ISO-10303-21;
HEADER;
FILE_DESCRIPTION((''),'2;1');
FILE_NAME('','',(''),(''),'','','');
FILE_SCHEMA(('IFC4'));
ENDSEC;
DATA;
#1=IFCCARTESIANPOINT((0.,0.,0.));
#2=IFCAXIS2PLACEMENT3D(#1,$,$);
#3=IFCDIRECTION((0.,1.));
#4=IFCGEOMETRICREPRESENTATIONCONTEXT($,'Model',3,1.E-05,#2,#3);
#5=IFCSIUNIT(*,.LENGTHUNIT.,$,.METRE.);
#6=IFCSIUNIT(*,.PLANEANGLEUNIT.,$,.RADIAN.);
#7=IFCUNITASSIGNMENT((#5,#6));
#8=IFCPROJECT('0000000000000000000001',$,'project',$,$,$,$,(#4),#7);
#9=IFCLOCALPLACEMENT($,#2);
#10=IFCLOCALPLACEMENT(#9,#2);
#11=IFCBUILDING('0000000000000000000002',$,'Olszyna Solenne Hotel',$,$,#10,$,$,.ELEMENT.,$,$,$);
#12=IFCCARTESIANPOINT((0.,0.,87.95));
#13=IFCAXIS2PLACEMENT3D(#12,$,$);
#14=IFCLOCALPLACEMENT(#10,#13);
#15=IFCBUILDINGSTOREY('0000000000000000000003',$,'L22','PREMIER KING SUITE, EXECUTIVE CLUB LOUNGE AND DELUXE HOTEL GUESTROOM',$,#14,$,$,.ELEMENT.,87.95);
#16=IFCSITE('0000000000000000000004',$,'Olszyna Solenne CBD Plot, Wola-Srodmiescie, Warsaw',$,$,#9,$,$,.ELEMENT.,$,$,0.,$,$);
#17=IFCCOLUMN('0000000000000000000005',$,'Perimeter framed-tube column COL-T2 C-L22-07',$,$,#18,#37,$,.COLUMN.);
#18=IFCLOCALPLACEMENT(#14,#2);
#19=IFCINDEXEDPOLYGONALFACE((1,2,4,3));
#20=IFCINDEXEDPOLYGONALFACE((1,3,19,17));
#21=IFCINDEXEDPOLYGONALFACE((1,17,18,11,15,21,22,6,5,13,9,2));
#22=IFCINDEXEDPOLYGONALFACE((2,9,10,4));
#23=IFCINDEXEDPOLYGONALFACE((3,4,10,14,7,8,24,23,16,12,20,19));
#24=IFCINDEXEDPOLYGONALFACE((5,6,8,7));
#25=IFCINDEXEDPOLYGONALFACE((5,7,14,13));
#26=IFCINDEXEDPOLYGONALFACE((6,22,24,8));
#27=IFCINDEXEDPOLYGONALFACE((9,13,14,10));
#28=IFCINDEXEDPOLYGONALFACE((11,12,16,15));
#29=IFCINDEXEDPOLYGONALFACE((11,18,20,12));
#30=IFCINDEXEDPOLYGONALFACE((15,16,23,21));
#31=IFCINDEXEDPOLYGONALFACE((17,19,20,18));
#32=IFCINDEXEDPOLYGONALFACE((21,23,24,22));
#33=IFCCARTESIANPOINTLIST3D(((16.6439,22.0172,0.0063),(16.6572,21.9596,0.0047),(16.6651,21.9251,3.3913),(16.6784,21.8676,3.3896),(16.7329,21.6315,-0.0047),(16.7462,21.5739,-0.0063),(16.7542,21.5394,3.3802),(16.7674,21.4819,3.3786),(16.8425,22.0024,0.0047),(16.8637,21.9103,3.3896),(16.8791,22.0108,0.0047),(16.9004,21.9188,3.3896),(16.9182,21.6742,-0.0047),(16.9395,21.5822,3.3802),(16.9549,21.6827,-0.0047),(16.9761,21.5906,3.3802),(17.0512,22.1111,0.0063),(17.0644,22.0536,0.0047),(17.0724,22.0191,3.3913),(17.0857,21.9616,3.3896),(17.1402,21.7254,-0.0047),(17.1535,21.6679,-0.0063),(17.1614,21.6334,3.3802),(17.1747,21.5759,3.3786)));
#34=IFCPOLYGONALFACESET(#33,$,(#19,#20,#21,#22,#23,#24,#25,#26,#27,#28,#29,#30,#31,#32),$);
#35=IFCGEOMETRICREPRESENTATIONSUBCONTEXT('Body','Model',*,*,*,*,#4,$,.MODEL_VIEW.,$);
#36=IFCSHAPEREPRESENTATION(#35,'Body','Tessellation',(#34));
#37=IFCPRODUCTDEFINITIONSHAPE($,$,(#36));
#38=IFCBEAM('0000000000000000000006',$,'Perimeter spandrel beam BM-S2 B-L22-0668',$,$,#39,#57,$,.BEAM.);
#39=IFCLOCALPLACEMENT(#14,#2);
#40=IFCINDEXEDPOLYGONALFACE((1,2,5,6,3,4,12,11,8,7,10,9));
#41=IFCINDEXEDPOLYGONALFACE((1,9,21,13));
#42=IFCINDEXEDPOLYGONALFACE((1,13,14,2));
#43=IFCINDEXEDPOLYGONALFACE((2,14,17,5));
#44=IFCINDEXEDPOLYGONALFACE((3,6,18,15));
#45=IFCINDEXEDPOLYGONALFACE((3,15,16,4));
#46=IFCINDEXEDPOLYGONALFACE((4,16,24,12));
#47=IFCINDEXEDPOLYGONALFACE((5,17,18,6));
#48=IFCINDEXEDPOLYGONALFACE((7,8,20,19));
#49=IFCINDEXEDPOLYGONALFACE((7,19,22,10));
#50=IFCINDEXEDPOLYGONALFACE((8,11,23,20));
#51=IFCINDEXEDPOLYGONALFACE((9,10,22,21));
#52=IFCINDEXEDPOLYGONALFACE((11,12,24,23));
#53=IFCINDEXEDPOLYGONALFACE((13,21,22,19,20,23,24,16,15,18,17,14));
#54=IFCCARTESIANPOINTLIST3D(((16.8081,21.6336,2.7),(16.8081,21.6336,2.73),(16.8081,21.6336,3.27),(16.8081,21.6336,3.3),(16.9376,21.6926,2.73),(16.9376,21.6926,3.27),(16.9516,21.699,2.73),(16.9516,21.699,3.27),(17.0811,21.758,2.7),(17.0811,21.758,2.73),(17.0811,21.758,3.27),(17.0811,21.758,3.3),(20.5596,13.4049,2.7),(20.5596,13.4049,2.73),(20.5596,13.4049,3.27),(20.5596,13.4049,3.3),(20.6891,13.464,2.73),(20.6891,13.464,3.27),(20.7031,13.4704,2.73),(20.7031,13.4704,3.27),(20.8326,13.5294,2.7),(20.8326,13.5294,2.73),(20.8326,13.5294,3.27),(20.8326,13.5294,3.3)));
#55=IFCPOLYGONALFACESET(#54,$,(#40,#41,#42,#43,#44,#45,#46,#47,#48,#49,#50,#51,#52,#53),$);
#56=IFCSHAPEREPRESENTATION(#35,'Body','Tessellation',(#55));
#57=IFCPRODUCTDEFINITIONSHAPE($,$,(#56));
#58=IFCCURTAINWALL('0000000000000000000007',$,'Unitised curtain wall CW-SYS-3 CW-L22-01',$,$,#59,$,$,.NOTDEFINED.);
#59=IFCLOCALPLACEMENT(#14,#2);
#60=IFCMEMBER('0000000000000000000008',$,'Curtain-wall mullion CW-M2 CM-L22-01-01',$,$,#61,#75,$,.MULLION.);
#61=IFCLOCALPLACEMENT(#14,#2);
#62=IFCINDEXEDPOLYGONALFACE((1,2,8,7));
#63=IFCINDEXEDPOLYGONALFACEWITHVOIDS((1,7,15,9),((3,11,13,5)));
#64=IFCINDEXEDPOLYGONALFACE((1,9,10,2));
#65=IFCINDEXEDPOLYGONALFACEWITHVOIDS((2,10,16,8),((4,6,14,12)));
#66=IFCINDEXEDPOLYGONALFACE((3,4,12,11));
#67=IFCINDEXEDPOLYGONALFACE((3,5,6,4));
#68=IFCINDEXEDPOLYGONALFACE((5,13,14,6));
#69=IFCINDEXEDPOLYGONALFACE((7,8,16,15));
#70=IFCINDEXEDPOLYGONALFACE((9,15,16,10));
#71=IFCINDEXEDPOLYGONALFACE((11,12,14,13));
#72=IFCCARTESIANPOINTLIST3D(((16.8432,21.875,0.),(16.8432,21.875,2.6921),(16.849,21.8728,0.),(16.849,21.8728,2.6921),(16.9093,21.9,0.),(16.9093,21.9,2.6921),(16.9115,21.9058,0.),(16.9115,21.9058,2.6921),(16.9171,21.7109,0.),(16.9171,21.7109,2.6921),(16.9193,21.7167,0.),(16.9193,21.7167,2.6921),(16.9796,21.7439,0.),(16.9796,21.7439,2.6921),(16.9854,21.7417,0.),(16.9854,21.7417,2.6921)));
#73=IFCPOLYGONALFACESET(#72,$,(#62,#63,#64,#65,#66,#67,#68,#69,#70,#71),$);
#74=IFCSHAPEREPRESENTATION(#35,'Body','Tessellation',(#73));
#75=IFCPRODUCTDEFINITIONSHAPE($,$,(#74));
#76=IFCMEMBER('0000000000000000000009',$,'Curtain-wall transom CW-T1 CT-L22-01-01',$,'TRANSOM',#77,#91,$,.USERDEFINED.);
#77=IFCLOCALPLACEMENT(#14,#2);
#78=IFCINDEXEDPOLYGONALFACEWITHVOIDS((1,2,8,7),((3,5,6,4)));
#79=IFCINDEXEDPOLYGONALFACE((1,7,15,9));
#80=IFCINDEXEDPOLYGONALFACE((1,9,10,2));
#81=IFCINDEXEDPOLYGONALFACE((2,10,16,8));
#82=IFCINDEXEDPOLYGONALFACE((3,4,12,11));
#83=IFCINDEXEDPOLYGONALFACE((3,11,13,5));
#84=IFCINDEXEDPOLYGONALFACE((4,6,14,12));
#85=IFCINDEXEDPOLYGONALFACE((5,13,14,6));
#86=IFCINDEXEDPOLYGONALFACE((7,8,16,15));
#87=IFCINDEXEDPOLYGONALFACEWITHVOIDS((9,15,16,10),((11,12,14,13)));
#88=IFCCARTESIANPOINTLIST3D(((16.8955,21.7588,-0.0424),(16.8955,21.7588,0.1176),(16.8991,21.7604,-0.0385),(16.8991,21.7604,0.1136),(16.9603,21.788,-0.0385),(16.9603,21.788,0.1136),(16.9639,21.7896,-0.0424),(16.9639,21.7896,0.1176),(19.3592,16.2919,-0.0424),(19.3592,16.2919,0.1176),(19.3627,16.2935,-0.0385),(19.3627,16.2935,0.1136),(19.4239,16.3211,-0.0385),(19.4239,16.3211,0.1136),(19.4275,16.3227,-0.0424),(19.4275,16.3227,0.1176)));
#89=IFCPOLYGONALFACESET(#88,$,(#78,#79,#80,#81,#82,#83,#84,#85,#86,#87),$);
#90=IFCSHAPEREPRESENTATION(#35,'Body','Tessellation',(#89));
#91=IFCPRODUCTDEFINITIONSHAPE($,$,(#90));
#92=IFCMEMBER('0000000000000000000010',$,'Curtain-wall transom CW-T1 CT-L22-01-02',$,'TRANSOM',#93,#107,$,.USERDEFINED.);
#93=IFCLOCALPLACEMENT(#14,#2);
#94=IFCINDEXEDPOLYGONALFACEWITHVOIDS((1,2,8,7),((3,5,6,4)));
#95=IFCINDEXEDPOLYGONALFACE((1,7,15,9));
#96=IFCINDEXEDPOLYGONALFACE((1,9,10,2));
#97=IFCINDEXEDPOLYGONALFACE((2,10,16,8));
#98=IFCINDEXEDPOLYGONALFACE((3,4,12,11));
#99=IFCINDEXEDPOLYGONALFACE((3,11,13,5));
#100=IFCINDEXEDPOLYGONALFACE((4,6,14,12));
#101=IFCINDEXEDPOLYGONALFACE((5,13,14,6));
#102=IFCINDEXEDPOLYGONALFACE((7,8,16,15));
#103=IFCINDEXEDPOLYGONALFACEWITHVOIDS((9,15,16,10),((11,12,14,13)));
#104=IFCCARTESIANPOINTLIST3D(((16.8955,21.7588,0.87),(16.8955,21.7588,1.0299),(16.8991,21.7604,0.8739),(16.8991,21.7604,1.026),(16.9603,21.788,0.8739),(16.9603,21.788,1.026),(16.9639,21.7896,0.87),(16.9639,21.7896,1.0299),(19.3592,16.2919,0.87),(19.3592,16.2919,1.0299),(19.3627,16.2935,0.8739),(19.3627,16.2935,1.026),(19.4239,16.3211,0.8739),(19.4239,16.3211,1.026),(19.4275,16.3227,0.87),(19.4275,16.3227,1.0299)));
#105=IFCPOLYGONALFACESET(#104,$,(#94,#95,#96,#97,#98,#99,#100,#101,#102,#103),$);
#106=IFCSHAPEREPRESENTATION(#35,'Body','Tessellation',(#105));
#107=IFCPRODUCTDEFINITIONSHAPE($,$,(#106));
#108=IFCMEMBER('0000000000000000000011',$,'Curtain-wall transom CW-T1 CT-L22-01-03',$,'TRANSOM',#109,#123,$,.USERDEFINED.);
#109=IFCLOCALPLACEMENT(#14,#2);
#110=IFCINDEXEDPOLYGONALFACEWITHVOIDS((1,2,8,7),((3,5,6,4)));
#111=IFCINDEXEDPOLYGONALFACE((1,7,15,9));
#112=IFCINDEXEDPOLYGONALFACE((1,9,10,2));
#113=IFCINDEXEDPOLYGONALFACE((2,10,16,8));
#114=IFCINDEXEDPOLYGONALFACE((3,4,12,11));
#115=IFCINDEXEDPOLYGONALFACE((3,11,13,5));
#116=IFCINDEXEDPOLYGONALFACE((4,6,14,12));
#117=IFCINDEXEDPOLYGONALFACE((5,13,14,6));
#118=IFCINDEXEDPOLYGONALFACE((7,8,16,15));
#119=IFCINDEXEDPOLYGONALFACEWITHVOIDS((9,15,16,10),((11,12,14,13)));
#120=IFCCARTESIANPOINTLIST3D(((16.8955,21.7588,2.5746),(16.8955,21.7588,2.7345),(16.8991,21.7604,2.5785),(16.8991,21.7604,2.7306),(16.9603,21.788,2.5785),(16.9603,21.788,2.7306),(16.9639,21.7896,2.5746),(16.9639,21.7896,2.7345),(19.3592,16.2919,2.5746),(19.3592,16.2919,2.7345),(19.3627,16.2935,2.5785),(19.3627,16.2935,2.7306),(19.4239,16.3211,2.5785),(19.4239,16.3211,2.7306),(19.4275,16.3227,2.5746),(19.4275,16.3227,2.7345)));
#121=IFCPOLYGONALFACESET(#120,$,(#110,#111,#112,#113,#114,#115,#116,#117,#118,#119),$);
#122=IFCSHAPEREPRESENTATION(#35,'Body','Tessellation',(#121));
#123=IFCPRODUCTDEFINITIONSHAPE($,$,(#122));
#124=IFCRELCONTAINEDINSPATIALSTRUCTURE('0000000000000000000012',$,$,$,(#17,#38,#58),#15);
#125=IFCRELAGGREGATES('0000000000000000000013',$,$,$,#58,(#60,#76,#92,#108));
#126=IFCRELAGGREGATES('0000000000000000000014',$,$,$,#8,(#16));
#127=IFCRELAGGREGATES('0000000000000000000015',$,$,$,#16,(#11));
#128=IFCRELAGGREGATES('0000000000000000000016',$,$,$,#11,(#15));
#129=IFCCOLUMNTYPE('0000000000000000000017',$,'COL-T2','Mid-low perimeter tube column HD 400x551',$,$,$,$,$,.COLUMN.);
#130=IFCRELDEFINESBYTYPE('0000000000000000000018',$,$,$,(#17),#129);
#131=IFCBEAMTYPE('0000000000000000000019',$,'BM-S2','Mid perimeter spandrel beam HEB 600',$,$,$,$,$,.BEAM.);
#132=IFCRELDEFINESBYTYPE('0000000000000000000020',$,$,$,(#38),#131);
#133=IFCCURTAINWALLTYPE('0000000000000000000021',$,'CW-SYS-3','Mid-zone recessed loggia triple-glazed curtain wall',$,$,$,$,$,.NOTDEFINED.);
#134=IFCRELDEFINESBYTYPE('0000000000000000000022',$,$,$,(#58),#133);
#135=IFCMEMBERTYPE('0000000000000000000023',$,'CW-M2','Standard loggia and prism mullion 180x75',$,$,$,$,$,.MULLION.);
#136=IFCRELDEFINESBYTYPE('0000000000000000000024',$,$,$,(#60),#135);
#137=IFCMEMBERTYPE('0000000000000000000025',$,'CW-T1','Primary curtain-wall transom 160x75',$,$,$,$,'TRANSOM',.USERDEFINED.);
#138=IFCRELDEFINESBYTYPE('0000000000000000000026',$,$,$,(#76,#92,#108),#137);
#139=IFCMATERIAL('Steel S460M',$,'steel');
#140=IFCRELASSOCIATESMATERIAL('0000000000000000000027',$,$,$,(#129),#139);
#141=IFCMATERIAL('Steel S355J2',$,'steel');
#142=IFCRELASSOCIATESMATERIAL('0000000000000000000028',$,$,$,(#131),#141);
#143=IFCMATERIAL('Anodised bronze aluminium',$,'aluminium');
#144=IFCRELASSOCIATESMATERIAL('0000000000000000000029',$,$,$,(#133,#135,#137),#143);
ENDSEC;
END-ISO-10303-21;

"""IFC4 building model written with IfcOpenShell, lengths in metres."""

from ifc_helpers import new_model, si_unit, direction, frame, origin, origin_2d, place, context, subcontext, project, spatial, hollow_rectangle, i_section, extrude, source, transform, mapped, material, material_profile, profile_set, type_object, element, aggregate, save


model = new_model("IFC4")

# Units and contexts
model_context = context("Model", 3, precision=1e-05, world=origin(), true_north=direction((0.0, 1.0)))
body_context = subcontext(model_context, "Body", "Model", "MODEL_VIEW")
ifc_project = project(units=[si_unit("LENGTHUNIT", "METRE"), si_unit("PLANEANGLEUNIT", "RADIAN")], contexts=[model_context])

# Site, building, storey
site_placement = place(None, origin())
site = spatial("IfcSite", under=ifc_project, at=site_placement, Name="Olszyna Solenne CBD Plot, Wola-Srodmiescie, Warsaw", CompositionType="ELEMENT", RefElevation=0.0)
building_placement = place(site_placement, origin())
building = spatial("IfcBuilding", under=site, at=building_placement, Name="Olszyna Solenne Hotel", CompositionType="ELEMENT")
storey_placement = place(building_placement, frame((0.0, 0.0, 87.95)))
storey = spatial("IfcBuildingStorey", under=building, at=storey_placement, Name="L22", Description="PREMIER KING SUITE, EXECUTIVE CLUB LOUNGE AND DELUXE HOTEL GUESTROOM", CompositionType="ELEMENT", Elevation=87.95)

# Column
ifc_material_1 = material(Name="Steel S460M", Category="steel")
ifc_material_profile_1 = material_profile(ifc_material_1, i_section(OverallWidth=0.418, OverallDepth=0.4551, WebThickness=0.0376, FlangeThickness=0.0591, at=origin_2d()), Name="HD 400x551", Category="load-bearing")
ifc_profile_set_1 = profile_set([ifc_material_profile_1], Name="Steel S460M")
column_type = type_object("IfcColumnType", Name="COL-T2", Description="Mid-low perimeter tube column HD 400x551", PredefinedType="COLUMN", material=ifc_profile_set_1)
shared_shape_1 = source(origin(), body_context, "Body", "SweptSolid", [
    extrude(i_section(OverallWidth=0.418, OverallDepth=0.4551, WebThickness=0.0376, FlangeThickness=0.0591, at=origin_2d()), origin(), (0.0, 0.0, 1.0), 3.3862),
])
column_placement = place(storey_placement, frame((16.8987, 21.8425, 0.0), z_axis=(0.006272, -0.02718, 0.999611), x_axis=(0.974391, 0.22486, 0.0)))
element("IfcColumn", 1, at=column_placement, inside=storey, type_object=column_type, Name="Perimeter framed-tube column COL-T2 C-L22-07", PredefinedType="COLUMN", context=body_context, shape_type="MappedRepresentation", body=[
    mapped(shared_shape_1, transform((0.0, 0.0, 0.0), x_axis=(1.0, 0.0, 0.0), y_axis=(0.0, 1.0, 0.0), z_axis=(0.0, 0.0, 1.0), scale=1.0)),
])

# Beam
ifc_material_2 = material(Name="Steel S355J2", Category="steel")
ifc_material_profile_2 = material_profile(ifc_material_2, i_section(OverallWidth=0.3, OverallDepth=0.6001, WebThickness=0.0154, FlangeThickness=0.03, at=origin_2d()), Name="HEB 600", Category="load-bearing")
ifc_profile_set_2 = profile_set([ifc_material_profile_2], Name="Steel S355J2")
beam_type = type_object("IfcBeamType", Name="BM-S2", Description="Mid perimeter spandrel beam HEB 600", PredefinedType="BEAM", material=ifc_profile_set_2)
shared_shape_2 = source(origin(), body_context, "Body", "SweptSolid", [
    extrude(i_section(OverallWidth=0.3, OverallDepth=0.6001, WebThickness=0.0154, FlangeThickness=0.03, at=origin_2d()), origin(), (0.0, 0.0, 1.0), 9.0435),
])
beam_placement = place(storey_placement, frame((16.9446, 21.6958, 3.0), z_axis=(0.414832, -0.909898, 0.0), x_axis=(0.909898, 0.414832, 0.0)))
element("IfcBeam", 2, at=beam_placement, inside=storey, type_object=beam_type, Name="Perimeter spandrel beam BM-S2 B-L22-0668", PredefinedType="BEAM", context=body_context, shape_type="MappedRepresentation", body=[
    mapped(shared_shape_2, transform((0.0, 0.0, 0.0), x_axis=(1.0, 0.0, 0.0), y_axis=(0.0, 1.0, 0.0), z_axis=(0.0, 0.0, 1.0), scale=1.0)),
])

# Curtain wall, members
ifc_material_3 = material(Name="Anodised bronze aluminium", Category="aluminium")
curtain_wall_type = type_object("IfcCurtainWallType", Name="CW-SYS-3", Description="Mid-zone recessed loggia triple-glazed curtain wall", PredefinedType="NOTDEFINED", material=ifc_material_3)
curtain_wall_placement = place(storey_placement, origin())
curtain_wall = element("IfcCurtainWall", 3, at=curtain_wall_placement, inside=storey, type_object=curtain_wall_type, Name="Unitised curtain wall CW-SYS-3 CW-L22-01", PredefinedType="NOTDEFINED")
ifc_material_profile_3 = material_profile(ifc_material_3, hollow_rectangle(XDim=0.075, YDim=0.1799, WallThickness=0.0044, at=origin_2d()), Name="MULL 180x75x4.5", Category="load-bearing")
ifc_profile_set_3 = profile_set([ifc_material_profile_3], Name="Anodised bronze aluminium")
member_type_1 = type_object("IfcMemberType", Name="CW-M2", Description="Standard loggia and prism mullion 180x75", PredefinedType="MULLION", material=ifc_profile_set_3)
shared_shape_3 = source(origin(), body_context, "Body", "SweptSolid", [
    extrude(hollow_rectangle(XDim=0.075, YDim=0.1799, WallThickness=0.0044, at=origin_2d()), origin(), (0.0, 0.0, 1.0), 2.6921),
])
member_1_placement = place(storey_placement, frame((16.9143, 21.8083, 0.0), z_axis=(0.0, 0.0, 1.0), x_axis=(0.911704, 0.410847, 0.0)))
member_1 = element("IfcMember", 4, at=member_1_placement, type_object=member_type_1, Name="Curtain-wall mullion CW-M2 CM-L22-01-01", PredefinedType="MULLION", context=body_context, shape_type="MappedRepresentation", body=[
    mapped(shared_shape_3, transform((0.0, 0.0, 0.0), x_axis=(1.0, 0.0, 0.0), y_axis=(0.0, 1.0, 0.0), z_axis=(0.0, 0.0, 1.0), scale=1.0)),
])
ifc_material_profile_4 = material_profile(ifc_material_3, hollow_rectangle(XDim=0.075, YDim=0.1599, WallThickness=0.0039, at=origin_2d()), Name="TRAN 160x75x4", Category="load-bearing")
ifc_profile_set_4 = profile_set([ifc_material_profile_4], Name="Anodised bronze aluminium")
member_type_2 = type_object("IfcMemberType", Name="CW-T1", Description="Primary curtain-wall transom 160x75", ElementType="TRANSOM", PredefinedType="USERDEFINED", material=ifc_profile_set_4)
shared_shape_4 = source(origin(), body_context, "Body", "SweptSolid", [
    extrude(hollow_rectangle(XDim=0.075, YDim=0.1599, WallThickness=0.0039, at=origin_2d()), origin(), (0.0, 0.0, 1.0), 5.9963),
])
member_2_placement = place(storey_placement, frame((16.9297, 21.7742, 0.0376), z_axis=(0.410859, -0.911699, 0.0), x_axis=(0.911699, 0.410859, 0.0)))
member_2 = element("IfcMember", 5, at=member_2_placement, type_object=member_type_2, Name="Curtain-wall transom CW-T1 CT-L22-01-01", ObjectType="TRANSOM", PredefinedType="USERDEFINED", context=body_context, shape_type="MappedRepresentation", body=[
    mapped(shared_shape_4, transform((0.0, 0.0, 0.0), x_axis=(1.0, 0.0, 0.0), y_axis=(0.0, 1.0, 0.0), z_axis=(0.0, 0.0, 1.0), scale=1.0)),
])
member_3_placement = place(storey_placement, frame((16.9297, 21.7742, 0.95), z_axis=(0.410859, -0.911699, 0.0), x_axis=(0.911699, 0.410859, 0.0)))
member_3 = element("IfcMember", 6, at=member_3_placement, type_object=member_type_2, Name="Curtain-wall transom CW-T1 CT-L22-01-02", ObjectType="TRANSOM", PredefinedType="USERDEFINED", context=body_context, shape_type="MappedRepresentation", body=[
    mapped(shared_shape_4, transform((0.0, 0.0, 0.0), x_axis=(1.0, 0.0, 0.0), y_axis=(0.0, 1.0, 0.0), z_axis=(0.0, 0.0, 1.0), scale=1.0)),
])
member_4_placement = place(storey_placement, frame((16.9297, 21.7742, 2.6545), z_axis=(0.410859, -0.911699, 0.0), x_axis=(0.911699, 0.410859, 0.0)))
member_4 = element("IfcMember", 7, at=member_4_placement, type_object=member_type_2, Name="Curtain-wall transom CW-T1 CT-L22-01-03", ObjectType="TRANSOM", PredefinedType="USERDEFINED", context=body_context, shape_type="MappedRepresentation", body=[
    mapped(shared_shape_4, transform((0.0, 0.0, 0.0), x_axis=(1.0, 0.0, 0.0), y_axis=(0.0, 1.0, 0.0), z_axis=(0.0, 0.0, 1.0), scale=1.0)),
])
aggregate(curtain_wall, [member_1, member_2, member_3, member_4])

save(model, "model.ifc")
